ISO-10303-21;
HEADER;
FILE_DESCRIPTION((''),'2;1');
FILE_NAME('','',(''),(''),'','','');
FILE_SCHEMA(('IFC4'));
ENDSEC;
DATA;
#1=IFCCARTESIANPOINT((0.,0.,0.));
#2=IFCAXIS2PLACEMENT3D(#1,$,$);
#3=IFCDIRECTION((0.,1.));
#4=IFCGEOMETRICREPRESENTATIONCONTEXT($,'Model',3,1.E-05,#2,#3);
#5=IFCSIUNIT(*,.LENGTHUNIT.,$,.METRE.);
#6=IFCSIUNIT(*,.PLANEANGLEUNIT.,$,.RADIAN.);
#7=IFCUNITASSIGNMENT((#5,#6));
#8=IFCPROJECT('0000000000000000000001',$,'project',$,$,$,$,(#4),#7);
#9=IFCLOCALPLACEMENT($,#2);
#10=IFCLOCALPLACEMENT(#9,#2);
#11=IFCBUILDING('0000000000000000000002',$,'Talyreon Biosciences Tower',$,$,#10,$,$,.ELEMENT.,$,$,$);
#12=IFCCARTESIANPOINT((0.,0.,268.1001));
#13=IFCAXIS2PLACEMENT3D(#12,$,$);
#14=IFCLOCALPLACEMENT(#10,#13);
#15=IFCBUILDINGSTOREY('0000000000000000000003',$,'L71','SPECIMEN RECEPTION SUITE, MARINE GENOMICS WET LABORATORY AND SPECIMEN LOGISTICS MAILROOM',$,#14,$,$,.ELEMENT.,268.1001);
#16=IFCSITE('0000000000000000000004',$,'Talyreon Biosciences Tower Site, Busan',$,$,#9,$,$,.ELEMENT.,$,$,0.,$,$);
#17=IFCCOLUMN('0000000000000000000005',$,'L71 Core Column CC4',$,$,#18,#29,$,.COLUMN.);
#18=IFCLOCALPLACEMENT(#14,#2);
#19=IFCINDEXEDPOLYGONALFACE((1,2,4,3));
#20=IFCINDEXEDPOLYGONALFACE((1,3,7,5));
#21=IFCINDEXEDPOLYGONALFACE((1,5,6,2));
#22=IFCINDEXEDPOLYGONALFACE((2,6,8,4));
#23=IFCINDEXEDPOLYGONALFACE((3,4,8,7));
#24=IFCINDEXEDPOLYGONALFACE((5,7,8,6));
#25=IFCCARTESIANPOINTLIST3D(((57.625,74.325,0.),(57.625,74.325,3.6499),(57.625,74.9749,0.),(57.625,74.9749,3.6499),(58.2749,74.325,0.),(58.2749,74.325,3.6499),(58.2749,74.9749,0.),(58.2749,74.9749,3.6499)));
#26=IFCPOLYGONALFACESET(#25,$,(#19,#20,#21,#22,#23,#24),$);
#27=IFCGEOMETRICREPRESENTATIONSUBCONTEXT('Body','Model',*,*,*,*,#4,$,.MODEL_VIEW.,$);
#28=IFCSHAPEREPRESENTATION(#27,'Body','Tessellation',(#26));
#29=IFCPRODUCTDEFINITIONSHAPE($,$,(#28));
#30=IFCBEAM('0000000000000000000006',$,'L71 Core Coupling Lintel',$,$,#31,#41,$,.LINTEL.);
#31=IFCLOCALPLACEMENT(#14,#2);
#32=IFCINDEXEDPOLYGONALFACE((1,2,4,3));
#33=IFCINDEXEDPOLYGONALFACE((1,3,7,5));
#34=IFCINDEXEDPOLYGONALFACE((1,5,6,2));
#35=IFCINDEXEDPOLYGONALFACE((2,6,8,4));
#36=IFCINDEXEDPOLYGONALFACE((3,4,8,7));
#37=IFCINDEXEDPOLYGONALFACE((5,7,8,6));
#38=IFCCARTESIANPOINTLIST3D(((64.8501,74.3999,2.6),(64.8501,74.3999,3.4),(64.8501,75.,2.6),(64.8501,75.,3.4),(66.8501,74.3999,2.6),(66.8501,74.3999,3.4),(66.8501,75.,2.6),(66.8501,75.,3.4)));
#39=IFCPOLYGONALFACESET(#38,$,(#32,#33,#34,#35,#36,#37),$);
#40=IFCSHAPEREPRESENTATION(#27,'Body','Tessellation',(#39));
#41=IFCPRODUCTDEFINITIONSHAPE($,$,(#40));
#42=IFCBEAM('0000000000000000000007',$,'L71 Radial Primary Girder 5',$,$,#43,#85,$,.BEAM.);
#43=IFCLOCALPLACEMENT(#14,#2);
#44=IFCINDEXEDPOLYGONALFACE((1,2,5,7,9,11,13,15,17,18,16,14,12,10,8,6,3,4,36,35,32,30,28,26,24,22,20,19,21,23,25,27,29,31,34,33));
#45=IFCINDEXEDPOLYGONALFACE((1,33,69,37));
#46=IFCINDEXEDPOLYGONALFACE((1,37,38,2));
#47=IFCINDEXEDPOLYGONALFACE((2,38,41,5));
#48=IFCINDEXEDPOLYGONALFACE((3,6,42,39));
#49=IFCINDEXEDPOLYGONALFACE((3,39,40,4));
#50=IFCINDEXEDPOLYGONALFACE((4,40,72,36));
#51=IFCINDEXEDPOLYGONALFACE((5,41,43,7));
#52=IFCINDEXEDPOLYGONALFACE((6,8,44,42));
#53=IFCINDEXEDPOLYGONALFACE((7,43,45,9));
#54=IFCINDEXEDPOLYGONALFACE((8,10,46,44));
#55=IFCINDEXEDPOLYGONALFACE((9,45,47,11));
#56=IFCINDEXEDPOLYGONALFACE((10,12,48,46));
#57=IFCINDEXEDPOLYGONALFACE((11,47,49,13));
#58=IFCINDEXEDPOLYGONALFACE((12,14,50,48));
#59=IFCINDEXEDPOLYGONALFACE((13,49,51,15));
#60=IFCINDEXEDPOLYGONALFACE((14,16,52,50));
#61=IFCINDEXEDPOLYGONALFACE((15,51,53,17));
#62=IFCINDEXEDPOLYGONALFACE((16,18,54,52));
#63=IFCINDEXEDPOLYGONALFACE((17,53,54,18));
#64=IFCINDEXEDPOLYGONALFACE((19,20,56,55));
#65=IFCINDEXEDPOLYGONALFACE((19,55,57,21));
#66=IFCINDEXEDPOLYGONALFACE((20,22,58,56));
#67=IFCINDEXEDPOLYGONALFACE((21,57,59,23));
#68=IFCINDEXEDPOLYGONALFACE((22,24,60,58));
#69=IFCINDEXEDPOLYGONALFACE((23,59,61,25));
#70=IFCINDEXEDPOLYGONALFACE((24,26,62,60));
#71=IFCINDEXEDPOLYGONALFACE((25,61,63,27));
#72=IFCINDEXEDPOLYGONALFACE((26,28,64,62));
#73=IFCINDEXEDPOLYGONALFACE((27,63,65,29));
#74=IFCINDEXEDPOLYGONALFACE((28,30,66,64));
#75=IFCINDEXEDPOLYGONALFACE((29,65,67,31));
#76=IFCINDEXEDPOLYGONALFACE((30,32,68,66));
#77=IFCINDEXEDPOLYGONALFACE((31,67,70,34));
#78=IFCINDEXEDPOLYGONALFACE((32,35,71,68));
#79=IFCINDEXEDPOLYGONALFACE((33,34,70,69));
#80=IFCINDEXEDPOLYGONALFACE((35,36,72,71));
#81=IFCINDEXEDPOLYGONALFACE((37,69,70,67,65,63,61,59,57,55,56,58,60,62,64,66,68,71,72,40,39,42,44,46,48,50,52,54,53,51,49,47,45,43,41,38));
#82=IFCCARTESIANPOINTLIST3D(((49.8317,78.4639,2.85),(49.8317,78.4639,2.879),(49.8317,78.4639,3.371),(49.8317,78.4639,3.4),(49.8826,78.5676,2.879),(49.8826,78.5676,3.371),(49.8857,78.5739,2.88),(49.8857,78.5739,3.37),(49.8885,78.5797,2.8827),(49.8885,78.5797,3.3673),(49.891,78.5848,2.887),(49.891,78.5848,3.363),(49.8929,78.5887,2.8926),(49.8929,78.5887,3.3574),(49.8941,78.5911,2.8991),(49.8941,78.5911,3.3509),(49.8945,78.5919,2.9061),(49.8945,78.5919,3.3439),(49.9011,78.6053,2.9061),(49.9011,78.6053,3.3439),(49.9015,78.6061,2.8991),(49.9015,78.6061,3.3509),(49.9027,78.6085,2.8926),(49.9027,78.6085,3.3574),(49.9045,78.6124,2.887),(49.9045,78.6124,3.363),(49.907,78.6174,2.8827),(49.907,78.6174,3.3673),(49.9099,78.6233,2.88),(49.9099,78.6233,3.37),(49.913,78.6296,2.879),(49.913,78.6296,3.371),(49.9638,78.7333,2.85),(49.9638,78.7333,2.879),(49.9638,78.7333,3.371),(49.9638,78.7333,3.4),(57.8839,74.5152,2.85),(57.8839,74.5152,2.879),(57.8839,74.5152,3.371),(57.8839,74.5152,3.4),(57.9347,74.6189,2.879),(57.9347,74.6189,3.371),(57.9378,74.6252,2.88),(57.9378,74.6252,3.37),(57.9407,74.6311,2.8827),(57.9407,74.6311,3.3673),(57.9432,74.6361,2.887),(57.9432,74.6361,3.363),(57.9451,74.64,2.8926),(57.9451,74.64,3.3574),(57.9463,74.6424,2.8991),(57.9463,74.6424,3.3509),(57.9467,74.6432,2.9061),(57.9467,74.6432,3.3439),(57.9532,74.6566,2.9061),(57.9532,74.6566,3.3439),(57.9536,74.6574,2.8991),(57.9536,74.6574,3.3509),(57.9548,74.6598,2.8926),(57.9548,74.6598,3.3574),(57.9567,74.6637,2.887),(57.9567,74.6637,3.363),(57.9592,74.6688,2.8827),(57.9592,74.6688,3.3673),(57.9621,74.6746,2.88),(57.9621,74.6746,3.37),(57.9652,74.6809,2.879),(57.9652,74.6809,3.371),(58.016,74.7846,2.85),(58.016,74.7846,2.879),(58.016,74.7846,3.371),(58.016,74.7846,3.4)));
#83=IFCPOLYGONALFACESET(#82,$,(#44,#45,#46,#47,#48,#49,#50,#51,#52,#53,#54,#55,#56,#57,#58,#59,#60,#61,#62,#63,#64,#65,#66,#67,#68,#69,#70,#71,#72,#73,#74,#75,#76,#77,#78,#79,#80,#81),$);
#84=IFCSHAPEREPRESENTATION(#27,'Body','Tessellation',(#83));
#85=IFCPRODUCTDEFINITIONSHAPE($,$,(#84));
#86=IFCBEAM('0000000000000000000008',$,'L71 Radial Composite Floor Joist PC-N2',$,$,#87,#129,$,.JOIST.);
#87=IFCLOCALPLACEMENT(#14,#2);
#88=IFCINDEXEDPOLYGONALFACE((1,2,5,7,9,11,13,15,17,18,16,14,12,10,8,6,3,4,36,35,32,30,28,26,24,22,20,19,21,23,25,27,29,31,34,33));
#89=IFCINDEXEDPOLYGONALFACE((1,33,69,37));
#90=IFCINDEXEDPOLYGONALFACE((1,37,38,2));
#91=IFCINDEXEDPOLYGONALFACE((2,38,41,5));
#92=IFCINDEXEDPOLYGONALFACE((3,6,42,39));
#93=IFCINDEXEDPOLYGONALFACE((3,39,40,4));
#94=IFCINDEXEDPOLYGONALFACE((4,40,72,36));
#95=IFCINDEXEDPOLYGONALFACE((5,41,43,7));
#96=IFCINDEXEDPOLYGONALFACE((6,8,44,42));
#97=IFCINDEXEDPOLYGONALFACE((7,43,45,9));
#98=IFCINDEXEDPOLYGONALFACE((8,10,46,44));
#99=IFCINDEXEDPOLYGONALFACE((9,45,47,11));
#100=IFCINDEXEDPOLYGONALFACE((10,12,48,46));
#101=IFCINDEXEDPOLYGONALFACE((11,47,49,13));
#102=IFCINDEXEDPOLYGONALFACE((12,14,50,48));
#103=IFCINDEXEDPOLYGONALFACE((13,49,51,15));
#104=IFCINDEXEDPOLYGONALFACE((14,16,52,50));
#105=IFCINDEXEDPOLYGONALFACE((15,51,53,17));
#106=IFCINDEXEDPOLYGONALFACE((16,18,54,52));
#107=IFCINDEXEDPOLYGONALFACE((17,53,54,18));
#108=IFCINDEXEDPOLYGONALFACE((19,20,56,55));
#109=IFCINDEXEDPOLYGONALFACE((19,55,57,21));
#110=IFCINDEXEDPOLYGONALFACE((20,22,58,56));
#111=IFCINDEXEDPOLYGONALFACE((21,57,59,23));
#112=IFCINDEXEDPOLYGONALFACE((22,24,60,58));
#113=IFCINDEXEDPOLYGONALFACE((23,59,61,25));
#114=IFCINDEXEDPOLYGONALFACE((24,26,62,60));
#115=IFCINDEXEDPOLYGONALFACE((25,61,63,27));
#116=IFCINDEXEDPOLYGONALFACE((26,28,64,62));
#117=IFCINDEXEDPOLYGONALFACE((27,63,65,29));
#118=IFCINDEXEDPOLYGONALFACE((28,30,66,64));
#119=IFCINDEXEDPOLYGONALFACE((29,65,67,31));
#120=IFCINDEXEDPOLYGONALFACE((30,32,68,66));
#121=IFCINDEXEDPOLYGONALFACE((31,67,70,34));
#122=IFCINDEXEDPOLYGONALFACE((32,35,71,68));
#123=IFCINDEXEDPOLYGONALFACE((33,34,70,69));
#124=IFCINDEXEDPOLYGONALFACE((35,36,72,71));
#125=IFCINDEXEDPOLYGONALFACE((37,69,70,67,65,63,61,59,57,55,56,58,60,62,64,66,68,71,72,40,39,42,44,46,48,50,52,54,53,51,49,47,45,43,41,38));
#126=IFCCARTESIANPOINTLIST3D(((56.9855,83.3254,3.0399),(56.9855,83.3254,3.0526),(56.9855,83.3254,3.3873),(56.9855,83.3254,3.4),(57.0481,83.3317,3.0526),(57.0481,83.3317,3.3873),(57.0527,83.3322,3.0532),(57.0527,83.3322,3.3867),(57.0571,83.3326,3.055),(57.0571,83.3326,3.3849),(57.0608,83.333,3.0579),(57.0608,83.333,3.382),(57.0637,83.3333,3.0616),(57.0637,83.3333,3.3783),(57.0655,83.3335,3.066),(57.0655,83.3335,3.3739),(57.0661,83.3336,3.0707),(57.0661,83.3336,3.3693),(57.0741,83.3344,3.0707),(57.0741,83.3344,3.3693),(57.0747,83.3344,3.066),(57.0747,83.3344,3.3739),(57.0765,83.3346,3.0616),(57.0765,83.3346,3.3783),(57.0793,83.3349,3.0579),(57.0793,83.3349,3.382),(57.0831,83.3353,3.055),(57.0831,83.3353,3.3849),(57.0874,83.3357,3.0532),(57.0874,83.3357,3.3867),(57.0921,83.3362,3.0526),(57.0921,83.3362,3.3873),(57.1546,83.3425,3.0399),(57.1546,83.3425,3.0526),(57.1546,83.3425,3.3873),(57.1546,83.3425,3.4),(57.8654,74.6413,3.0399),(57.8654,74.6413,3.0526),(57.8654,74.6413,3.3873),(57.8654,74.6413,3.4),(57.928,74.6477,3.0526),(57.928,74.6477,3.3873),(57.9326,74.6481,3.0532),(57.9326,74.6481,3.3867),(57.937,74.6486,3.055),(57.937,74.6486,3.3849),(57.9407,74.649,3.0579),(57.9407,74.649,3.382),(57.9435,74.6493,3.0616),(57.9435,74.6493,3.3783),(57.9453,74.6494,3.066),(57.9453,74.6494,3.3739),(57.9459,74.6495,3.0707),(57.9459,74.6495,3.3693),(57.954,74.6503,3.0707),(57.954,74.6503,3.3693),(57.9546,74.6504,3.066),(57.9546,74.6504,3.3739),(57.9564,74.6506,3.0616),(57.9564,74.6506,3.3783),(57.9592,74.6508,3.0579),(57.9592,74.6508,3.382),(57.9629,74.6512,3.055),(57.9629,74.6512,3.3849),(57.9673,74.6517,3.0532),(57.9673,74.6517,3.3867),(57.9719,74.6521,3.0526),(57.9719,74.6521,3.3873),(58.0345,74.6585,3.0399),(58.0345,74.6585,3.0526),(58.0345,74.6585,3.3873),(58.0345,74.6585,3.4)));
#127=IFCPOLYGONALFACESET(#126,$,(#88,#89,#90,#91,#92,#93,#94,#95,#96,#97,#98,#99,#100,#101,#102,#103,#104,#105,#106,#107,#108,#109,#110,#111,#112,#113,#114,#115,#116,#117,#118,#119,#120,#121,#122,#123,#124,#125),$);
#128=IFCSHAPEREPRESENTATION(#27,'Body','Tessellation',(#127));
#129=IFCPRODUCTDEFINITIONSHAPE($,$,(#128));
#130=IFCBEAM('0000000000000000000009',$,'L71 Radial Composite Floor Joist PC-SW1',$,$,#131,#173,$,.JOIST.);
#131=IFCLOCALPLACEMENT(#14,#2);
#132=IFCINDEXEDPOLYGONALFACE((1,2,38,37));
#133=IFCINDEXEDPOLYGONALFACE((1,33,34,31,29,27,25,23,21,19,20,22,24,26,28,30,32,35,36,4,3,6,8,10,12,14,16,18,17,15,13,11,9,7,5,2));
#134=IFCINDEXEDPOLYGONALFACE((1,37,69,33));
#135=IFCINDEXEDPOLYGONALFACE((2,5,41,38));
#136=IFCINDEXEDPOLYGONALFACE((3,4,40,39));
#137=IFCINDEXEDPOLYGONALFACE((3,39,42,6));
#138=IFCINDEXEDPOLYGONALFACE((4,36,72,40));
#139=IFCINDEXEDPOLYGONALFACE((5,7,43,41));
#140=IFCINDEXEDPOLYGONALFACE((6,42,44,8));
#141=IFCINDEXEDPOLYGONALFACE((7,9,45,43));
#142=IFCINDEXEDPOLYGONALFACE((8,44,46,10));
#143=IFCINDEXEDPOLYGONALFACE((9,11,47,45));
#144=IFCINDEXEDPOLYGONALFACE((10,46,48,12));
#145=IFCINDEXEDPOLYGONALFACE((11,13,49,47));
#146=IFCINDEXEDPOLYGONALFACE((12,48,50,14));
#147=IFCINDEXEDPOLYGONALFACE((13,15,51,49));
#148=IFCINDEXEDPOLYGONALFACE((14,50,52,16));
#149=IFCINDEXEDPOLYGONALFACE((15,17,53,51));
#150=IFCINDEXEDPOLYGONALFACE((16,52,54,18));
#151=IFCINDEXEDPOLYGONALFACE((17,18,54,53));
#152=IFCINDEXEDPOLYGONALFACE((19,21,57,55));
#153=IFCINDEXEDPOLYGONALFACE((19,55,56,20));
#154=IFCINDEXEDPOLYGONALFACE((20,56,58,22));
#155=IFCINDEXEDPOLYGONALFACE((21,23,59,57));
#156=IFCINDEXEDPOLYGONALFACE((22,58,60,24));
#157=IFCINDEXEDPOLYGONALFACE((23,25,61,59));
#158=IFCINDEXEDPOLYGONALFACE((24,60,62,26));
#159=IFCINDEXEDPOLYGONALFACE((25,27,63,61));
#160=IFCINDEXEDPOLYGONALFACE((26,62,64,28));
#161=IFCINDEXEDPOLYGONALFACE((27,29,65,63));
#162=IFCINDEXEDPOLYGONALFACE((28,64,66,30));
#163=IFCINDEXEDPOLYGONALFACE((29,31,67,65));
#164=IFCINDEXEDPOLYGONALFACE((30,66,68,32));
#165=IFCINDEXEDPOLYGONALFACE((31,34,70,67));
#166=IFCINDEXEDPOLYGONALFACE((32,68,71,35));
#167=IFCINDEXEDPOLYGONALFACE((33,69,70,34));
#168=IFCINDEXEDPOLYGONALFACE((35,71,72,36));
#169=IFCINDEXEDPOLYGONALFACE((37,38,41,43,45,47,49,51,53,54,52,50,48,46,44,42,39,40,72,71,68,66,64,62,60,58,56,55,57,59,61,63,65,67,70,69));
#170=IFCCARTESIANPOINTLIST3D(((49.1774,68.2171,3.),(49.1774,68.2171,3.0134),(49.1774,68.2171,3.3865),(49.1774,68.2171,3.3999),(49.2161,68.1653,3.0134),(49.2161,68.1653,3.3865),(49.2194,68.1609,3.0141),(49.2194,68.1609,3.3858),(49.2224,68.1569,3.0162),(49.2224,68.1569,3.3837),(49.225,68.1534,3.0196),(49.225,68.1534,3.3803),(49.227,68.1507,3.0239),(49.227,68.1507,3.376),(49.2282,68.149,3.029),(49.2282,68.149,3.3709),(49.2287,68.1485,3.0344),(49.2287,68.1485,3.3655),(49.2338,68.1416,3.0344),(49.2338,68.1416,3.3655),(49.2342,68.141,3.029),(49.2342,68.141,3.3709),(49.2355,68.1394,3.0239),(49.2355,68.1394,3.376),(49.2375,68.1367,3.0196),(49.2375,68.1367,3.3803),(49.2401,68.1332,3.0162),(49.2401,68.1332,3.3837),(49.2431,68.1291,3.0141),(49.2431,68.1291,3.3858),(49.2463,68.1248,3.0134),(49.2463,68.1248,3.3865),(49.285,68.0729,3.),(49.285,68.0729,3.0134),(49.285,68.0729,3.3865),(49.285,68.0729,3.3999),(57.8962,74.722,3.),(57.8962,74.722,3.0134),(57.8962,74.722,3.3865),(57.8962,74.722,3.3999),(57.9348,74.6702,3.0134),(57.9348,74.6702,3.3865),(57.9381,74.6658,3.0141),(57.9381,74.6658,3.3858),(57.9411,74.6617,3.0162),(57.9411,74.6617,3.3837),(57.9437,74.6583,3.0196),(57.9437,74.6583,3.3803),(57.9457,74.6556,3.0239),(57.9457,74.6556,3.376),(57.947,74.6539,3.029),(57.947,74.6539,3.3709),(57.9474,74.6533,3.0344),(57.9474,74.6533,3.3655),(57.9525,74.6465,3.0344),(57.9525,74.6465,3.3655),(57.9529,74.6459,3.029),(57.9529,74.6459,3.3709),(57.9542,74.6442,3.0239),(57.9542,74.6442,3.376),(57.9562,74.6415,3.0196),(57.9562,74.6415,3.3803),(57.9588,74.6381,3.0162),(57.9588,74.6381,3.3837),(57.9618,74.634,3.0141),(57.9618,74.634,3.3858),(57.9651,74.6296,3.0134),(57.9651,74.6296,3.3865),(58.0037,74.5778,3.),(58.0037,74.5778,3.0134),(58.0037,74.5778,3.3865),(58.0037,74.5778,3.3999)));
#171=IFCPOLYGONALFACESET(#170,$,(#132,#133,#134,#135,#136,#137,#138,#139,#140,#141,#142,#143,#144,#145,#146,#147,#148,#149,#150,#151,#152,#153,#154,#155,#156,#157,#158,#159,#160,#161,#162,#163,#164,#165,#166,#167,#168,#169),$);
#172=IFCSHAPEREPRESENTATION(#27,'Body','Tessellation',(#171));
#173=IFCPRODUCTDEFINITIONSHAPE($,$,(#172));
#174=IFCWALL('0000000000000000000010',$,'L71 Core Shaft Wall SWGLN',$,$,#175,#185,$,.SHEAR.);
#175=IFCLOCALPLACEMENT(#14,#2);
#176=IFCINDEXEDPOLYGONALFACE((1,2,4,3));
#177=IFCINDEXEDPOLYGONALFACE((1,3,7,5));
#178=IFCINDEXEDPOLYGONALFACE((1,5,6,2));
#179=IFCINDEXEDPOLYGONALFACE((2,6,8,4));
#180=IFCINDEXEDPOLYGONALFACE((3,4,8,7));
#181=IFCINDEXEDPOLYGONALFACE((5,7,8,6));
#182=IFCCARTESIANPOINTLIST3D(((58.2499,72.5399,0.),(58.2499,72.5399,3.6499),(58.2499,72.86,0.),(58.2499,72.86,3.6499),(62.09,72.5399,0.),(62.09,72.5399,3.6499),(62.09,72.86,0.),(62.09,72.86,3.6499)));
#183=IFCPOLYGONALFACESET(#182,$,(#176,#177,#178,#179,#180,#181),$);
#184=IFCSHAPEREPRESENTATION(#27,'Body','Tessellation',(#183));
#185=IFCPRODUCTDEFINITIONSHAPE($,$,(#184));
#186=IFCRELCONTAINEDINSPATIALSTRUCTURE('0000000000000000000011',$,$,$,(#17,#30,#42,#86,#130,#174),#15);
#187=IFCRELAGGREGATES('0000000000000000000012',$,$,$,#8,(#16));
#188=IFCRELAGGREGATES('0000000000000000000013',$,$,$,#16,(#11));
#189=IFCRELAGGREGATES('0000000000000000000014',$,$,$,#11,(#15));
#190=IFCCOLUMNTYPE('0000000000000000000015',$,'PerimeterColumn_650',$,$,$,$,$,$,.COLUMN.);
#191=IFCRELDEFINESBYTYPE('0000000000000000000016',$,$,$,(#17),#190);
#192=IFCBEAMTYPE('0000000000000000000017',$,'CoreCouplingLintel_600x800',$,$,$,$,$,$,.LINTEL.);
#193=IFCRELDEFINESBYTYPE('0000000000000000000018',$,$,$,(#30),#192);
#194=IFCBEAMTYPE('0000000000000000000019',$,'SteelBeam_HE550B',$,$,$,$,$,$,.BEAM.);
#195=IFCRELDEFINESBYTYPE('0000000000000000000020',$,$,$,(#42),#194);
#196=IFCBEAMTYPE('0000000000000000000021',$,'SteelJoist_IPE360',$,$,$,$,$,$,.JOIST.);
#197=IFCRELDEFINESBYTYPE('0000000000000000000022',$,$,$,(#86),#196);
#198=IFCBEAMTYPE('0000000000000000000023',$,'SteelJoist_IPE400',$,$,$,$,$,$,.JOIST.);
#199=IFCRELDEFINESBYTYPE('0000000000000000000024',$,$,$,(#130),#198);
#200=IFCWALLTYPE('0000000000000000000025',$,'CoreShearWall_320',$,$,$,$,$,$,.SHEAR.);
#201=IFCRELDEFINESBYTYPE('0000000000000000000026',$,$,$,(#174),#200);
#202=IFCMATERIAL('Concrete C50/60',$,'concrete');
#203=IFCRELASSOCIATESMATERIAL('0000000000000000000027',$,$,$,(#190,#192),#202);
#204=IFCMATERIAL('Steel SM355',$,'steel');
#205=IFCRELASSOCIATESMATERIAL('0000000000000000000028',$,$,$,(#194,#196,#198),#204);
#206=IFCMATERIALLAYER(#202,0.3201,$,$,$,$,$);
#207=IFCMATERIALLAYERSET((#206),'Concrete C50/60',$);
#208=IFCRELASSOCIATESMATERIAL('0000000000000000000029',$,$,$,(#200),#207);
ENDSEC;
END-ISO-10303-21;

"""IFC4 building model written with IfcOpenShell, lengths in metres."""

from ifc_helpers import new_model, si_unit, direction, frame, frame_2d, origin, origin_2d, place, context, subcontext, project, spatial, rectangle, i_section, extrude, material, layer, layer_set, material_profile, profile_set, type_object, element, save


model = new_model("IFC4")

# Units and contexts
model_context = context("Model", 3, precision=1e-05, world=origin(), true_north=direction((0.0, 1.0)))
body_context = subcontext(model_context, "Body", "Model", "MODEL_VIEW")
ifc_project = project(units=[si_unit("LENGTHUNIT", "METRE"), si_unit("PLANEANGLEUNIT", "RADIAN")], contexts=[model_context])

# Site, building, storey
site_placement = place(None, origin())
site = spatial("IfcSite", under=ifc_project, at=site_placement, Name="Talyreon Biosciences Tower Site, Busan", CompositionType="ELEMENT", RefElevation=0.0)
building_placement = place(site_placement, origin())
building = spatial("IfcBuilding", under=site, at=building_placement, Name="Talyreon Biosciences Tower", CompositionType="ELEMENT")
storey_placement = place(building_placement, frame((0.0, 0.0, 268.1001)))
storey = spatial("IfcBuildingStorey", under=building, at=storey_placement, Name="L71", Description="SPECIMEN RECEPTION SUITE, MARINE GENOMICS WET LABORATORY AND SPECIMEN LOGISTICS MAILROOM", CompositionType="ELEMENT", Elevation=268.1001)

# Column
ifc_material_1 = material(Name="Concrete C50/60", Category="concrete")
ifc_material_profile_1 = material_profile(ifc_material_1, rectangle(XDim=0.6499, YDim=0.6499, at=origin_2d()), Name="RC 650x650")
ifc_profile_set_1 = profile_set([ifc_material_profile_1], Name="Concrete C50/60")
column_type = type_object("IfcColumnType", Name="PerimeterColumn_650", PredefinedType="COLUMN", material=ifc_profile_set_1)
column_placement = place(storey_placement, frame((57.95, 74.6499, 0.0), z_axis=(0.0, 0.0, 1.0), x_axis=(1.0, 0.0, 0.0)))
element("IfcColumn", 1, at=column_placement, inside=storey, type_object=column_type, Name="L71 Core Column CC4", PredefinedType="COLUMN", context=body_context, shape_type="SweptSolid", body=[
    extrude(rectangle(XDim=0.6499, YDim=0.6499, at=origin_2d()), origin(), (0.0, 0.0, 1.0), 3.6499),
])

# Beams
ifc_material_profile_2 = material_profile(ifc_material_1, rectangle(XDim=0.6001, YDim=0.8, at=origin_2d()), Name="RCB 600x800")
ifc_profile_set_2 = profile_set([ifc_material_profile_2], Name="Concrete C50/60")
beam_type_1 = type_object("IfcBeamType", Name="CoreCouplingLintel_600x800", PredefinedType="LINTEL", material=ifc_profile_set_2)
beam_1_placement = place(storey_placement, frame((64.8501, 74.7, 3.0), z_axis=(1.0, 0.0, 0.0), x_axis=(0.0, 1.0, 0.0)))
element("IfcBeam", 2, at=beam_1_placement, inside=storey, type_object=beam_type_1, Name="L71 Core Coupling Lintel", PredefinedType="LINTEL", context=body_context, shape_type="SweptSolid", body=[
    extrude(rectangle(XDim=0.6001, YDim=0.8, at=origin_2d()), origin(), (0.0, 0.0, 1.0), 2.0),
])
ifc_material_2 = material(Name="Steel SM355", Category="steel")
ifc_material_profile_3 = material_profile(ifc_material_2, i_section(OverallWidth=0.3, OverallDepth=0.55, WebThickness=0.0149, FlangeThickness=0.0291, FilletRadius=0.0271, at=origin_2d()), Name="HE550B")
ifc_profile_set_3 = profile_set([ifc_material_profile_3], Name="Steel SM355")
beam_type_2 = type_object("IfcBeamType", Name="SteelBeam_HE550B", PredefinedType="BEAM", material=ifc_profile_set_3)
beam_2_placement = place(storey_placement, frame((57.95, 74.6499, 3.125), z_axis=(-0.897852, 0.440297, 0.0), x_axis=(-0.440297, -0.897852, 0.0)))
element("IfcBeam", 3, at=beam_2_placement, inside=storey, type_object=beam_type_2, Name="L71 Radial Primary Girder 5", PredefinedType="BEAM", context=body_context, shape_type="SweptSolid", body=[
    extrude(i_section(OverallWidth=0.3, OverallDepth=0.55, WebThickness=0.0149, FlangeThickness=0.0291, FilletRadius=0.0271, at=origin_2d()), origin(), (0.0, 0.0, 1.0), 8.9683),
])
ifc_material_profile_4 = material_profile(ifc_material_2, i_section(OverallWidth=0.1699, OverallDepth=0.3601, WebThickness=0.0081, FlangeThickness=0.0127, FilletRadius=0.0181, at=origin_2d()), Name="IPE360")
ifc_profile_set_4 = profile_set([ifc_material_profile_4], Name="Steel SM355")
beam_type_3 = type_object("IfcBeamType", Name="SteelJoist_IPE360", PredefinedType="JOIST", material=ifc_profile_set_4)
beam_3_placement = place(storey_placement, frame((57.95, 74.6499, 3.22), z_axis=(-0.100805, 0.994906, 0.0), x_axis=(-0.994906, -0.100805, 0.0)))
element("IfcBeam", 4, at=beam_3_placement, inside=storey, type_object=beam_type_3, Name="L71 Radial Composite Floor Joist PC-N2", PredefinedType="JOIST", context=body_context, shape_type="SweptSolid", body=[
    extrude(i_section(OverallWidth=0.1699, OverallDepth=0.3601, WebThickness=0.0081, FlangeThickness=0.0127, FilletRadius=0.0181, at=origin_2d()), origin(), (0.0, 0.0, 1.0), 8.7285),
])
ifc_material_profile_5 = material_profile(ifc_material_2, i_section(OverallWidth=0.1799, OverallDepth=0.3999, WebThickness=0.0085, FlangeThickness=0.0134, FilletRadius=0.021, at=origin_2d()), Name="IPE400")
ifc_profile_set_5 = profile_set([ifc_material_profile_5], Name="Steel SM355")
beam_type_4 = type_object("IfcBeamType", Name="SteelJoist_IPE400", PredefinedType="JOIST", material=ifc_profile_set_5)
beam_4_placement = place(storey_placement, frame((57.95, 74.6499, 3.2), z_axis=(-0.801506, -0.597987, 0.0), x_axis=(0.597987, -0.801506, 0.0)))
element("IfcBeam", 5, at=beam_4_placement, inside=storey, type_object=beam_type_4, Name="L71 Radial Composite Floor Joist PC-SW1", PredefinedType="JOIST", context=body_context, shape_type="SweptSolid", body=[
    extrude(i_section(OverallWidth=0.1799, OverallDepth=0.3999, WebThickness=0.0085, FlangeThickness=0.0134, FilletRadius=0.021, at=origin_2d()), origin(), (0.0, 0.0, 1.0), 10.8779),
])

# Wall
ifc_layer_1 = layer(ifc_material_1, 0.3201)
ifc_layer_set_1 = layer_set([ifc_layer_1], Name="Concrete C50/60")
wall_type_1 = type_object("IfcWallType", Name="CoreShearWall_320", PredefinedType="SHEAR", material=ifc_layer_set_1)
wall_1_placement = place(storey_placement, frame((58.25, 72.7, 0.0), z_axis=(0.0, 0.0, 1.0), x_axis=(1.0, 0.0, 0.0)))
element("IfcWall", 6, at=wall_1_placement, inside=storey, type_object=wall_type_1, Name="L71 Core Shaft Wall SWGLN", PredefinedType="SHEAR", context=body_context, shape_type="SweptSolid", body=[
    extrude(rectangle(XDim=3.8401, YDim=0.3201, at=frame_2d((1.9199, 0.0))), origin(), (0.0, 0.0, 1.0), 3.6499),
])

save(model, "model.ifc")
